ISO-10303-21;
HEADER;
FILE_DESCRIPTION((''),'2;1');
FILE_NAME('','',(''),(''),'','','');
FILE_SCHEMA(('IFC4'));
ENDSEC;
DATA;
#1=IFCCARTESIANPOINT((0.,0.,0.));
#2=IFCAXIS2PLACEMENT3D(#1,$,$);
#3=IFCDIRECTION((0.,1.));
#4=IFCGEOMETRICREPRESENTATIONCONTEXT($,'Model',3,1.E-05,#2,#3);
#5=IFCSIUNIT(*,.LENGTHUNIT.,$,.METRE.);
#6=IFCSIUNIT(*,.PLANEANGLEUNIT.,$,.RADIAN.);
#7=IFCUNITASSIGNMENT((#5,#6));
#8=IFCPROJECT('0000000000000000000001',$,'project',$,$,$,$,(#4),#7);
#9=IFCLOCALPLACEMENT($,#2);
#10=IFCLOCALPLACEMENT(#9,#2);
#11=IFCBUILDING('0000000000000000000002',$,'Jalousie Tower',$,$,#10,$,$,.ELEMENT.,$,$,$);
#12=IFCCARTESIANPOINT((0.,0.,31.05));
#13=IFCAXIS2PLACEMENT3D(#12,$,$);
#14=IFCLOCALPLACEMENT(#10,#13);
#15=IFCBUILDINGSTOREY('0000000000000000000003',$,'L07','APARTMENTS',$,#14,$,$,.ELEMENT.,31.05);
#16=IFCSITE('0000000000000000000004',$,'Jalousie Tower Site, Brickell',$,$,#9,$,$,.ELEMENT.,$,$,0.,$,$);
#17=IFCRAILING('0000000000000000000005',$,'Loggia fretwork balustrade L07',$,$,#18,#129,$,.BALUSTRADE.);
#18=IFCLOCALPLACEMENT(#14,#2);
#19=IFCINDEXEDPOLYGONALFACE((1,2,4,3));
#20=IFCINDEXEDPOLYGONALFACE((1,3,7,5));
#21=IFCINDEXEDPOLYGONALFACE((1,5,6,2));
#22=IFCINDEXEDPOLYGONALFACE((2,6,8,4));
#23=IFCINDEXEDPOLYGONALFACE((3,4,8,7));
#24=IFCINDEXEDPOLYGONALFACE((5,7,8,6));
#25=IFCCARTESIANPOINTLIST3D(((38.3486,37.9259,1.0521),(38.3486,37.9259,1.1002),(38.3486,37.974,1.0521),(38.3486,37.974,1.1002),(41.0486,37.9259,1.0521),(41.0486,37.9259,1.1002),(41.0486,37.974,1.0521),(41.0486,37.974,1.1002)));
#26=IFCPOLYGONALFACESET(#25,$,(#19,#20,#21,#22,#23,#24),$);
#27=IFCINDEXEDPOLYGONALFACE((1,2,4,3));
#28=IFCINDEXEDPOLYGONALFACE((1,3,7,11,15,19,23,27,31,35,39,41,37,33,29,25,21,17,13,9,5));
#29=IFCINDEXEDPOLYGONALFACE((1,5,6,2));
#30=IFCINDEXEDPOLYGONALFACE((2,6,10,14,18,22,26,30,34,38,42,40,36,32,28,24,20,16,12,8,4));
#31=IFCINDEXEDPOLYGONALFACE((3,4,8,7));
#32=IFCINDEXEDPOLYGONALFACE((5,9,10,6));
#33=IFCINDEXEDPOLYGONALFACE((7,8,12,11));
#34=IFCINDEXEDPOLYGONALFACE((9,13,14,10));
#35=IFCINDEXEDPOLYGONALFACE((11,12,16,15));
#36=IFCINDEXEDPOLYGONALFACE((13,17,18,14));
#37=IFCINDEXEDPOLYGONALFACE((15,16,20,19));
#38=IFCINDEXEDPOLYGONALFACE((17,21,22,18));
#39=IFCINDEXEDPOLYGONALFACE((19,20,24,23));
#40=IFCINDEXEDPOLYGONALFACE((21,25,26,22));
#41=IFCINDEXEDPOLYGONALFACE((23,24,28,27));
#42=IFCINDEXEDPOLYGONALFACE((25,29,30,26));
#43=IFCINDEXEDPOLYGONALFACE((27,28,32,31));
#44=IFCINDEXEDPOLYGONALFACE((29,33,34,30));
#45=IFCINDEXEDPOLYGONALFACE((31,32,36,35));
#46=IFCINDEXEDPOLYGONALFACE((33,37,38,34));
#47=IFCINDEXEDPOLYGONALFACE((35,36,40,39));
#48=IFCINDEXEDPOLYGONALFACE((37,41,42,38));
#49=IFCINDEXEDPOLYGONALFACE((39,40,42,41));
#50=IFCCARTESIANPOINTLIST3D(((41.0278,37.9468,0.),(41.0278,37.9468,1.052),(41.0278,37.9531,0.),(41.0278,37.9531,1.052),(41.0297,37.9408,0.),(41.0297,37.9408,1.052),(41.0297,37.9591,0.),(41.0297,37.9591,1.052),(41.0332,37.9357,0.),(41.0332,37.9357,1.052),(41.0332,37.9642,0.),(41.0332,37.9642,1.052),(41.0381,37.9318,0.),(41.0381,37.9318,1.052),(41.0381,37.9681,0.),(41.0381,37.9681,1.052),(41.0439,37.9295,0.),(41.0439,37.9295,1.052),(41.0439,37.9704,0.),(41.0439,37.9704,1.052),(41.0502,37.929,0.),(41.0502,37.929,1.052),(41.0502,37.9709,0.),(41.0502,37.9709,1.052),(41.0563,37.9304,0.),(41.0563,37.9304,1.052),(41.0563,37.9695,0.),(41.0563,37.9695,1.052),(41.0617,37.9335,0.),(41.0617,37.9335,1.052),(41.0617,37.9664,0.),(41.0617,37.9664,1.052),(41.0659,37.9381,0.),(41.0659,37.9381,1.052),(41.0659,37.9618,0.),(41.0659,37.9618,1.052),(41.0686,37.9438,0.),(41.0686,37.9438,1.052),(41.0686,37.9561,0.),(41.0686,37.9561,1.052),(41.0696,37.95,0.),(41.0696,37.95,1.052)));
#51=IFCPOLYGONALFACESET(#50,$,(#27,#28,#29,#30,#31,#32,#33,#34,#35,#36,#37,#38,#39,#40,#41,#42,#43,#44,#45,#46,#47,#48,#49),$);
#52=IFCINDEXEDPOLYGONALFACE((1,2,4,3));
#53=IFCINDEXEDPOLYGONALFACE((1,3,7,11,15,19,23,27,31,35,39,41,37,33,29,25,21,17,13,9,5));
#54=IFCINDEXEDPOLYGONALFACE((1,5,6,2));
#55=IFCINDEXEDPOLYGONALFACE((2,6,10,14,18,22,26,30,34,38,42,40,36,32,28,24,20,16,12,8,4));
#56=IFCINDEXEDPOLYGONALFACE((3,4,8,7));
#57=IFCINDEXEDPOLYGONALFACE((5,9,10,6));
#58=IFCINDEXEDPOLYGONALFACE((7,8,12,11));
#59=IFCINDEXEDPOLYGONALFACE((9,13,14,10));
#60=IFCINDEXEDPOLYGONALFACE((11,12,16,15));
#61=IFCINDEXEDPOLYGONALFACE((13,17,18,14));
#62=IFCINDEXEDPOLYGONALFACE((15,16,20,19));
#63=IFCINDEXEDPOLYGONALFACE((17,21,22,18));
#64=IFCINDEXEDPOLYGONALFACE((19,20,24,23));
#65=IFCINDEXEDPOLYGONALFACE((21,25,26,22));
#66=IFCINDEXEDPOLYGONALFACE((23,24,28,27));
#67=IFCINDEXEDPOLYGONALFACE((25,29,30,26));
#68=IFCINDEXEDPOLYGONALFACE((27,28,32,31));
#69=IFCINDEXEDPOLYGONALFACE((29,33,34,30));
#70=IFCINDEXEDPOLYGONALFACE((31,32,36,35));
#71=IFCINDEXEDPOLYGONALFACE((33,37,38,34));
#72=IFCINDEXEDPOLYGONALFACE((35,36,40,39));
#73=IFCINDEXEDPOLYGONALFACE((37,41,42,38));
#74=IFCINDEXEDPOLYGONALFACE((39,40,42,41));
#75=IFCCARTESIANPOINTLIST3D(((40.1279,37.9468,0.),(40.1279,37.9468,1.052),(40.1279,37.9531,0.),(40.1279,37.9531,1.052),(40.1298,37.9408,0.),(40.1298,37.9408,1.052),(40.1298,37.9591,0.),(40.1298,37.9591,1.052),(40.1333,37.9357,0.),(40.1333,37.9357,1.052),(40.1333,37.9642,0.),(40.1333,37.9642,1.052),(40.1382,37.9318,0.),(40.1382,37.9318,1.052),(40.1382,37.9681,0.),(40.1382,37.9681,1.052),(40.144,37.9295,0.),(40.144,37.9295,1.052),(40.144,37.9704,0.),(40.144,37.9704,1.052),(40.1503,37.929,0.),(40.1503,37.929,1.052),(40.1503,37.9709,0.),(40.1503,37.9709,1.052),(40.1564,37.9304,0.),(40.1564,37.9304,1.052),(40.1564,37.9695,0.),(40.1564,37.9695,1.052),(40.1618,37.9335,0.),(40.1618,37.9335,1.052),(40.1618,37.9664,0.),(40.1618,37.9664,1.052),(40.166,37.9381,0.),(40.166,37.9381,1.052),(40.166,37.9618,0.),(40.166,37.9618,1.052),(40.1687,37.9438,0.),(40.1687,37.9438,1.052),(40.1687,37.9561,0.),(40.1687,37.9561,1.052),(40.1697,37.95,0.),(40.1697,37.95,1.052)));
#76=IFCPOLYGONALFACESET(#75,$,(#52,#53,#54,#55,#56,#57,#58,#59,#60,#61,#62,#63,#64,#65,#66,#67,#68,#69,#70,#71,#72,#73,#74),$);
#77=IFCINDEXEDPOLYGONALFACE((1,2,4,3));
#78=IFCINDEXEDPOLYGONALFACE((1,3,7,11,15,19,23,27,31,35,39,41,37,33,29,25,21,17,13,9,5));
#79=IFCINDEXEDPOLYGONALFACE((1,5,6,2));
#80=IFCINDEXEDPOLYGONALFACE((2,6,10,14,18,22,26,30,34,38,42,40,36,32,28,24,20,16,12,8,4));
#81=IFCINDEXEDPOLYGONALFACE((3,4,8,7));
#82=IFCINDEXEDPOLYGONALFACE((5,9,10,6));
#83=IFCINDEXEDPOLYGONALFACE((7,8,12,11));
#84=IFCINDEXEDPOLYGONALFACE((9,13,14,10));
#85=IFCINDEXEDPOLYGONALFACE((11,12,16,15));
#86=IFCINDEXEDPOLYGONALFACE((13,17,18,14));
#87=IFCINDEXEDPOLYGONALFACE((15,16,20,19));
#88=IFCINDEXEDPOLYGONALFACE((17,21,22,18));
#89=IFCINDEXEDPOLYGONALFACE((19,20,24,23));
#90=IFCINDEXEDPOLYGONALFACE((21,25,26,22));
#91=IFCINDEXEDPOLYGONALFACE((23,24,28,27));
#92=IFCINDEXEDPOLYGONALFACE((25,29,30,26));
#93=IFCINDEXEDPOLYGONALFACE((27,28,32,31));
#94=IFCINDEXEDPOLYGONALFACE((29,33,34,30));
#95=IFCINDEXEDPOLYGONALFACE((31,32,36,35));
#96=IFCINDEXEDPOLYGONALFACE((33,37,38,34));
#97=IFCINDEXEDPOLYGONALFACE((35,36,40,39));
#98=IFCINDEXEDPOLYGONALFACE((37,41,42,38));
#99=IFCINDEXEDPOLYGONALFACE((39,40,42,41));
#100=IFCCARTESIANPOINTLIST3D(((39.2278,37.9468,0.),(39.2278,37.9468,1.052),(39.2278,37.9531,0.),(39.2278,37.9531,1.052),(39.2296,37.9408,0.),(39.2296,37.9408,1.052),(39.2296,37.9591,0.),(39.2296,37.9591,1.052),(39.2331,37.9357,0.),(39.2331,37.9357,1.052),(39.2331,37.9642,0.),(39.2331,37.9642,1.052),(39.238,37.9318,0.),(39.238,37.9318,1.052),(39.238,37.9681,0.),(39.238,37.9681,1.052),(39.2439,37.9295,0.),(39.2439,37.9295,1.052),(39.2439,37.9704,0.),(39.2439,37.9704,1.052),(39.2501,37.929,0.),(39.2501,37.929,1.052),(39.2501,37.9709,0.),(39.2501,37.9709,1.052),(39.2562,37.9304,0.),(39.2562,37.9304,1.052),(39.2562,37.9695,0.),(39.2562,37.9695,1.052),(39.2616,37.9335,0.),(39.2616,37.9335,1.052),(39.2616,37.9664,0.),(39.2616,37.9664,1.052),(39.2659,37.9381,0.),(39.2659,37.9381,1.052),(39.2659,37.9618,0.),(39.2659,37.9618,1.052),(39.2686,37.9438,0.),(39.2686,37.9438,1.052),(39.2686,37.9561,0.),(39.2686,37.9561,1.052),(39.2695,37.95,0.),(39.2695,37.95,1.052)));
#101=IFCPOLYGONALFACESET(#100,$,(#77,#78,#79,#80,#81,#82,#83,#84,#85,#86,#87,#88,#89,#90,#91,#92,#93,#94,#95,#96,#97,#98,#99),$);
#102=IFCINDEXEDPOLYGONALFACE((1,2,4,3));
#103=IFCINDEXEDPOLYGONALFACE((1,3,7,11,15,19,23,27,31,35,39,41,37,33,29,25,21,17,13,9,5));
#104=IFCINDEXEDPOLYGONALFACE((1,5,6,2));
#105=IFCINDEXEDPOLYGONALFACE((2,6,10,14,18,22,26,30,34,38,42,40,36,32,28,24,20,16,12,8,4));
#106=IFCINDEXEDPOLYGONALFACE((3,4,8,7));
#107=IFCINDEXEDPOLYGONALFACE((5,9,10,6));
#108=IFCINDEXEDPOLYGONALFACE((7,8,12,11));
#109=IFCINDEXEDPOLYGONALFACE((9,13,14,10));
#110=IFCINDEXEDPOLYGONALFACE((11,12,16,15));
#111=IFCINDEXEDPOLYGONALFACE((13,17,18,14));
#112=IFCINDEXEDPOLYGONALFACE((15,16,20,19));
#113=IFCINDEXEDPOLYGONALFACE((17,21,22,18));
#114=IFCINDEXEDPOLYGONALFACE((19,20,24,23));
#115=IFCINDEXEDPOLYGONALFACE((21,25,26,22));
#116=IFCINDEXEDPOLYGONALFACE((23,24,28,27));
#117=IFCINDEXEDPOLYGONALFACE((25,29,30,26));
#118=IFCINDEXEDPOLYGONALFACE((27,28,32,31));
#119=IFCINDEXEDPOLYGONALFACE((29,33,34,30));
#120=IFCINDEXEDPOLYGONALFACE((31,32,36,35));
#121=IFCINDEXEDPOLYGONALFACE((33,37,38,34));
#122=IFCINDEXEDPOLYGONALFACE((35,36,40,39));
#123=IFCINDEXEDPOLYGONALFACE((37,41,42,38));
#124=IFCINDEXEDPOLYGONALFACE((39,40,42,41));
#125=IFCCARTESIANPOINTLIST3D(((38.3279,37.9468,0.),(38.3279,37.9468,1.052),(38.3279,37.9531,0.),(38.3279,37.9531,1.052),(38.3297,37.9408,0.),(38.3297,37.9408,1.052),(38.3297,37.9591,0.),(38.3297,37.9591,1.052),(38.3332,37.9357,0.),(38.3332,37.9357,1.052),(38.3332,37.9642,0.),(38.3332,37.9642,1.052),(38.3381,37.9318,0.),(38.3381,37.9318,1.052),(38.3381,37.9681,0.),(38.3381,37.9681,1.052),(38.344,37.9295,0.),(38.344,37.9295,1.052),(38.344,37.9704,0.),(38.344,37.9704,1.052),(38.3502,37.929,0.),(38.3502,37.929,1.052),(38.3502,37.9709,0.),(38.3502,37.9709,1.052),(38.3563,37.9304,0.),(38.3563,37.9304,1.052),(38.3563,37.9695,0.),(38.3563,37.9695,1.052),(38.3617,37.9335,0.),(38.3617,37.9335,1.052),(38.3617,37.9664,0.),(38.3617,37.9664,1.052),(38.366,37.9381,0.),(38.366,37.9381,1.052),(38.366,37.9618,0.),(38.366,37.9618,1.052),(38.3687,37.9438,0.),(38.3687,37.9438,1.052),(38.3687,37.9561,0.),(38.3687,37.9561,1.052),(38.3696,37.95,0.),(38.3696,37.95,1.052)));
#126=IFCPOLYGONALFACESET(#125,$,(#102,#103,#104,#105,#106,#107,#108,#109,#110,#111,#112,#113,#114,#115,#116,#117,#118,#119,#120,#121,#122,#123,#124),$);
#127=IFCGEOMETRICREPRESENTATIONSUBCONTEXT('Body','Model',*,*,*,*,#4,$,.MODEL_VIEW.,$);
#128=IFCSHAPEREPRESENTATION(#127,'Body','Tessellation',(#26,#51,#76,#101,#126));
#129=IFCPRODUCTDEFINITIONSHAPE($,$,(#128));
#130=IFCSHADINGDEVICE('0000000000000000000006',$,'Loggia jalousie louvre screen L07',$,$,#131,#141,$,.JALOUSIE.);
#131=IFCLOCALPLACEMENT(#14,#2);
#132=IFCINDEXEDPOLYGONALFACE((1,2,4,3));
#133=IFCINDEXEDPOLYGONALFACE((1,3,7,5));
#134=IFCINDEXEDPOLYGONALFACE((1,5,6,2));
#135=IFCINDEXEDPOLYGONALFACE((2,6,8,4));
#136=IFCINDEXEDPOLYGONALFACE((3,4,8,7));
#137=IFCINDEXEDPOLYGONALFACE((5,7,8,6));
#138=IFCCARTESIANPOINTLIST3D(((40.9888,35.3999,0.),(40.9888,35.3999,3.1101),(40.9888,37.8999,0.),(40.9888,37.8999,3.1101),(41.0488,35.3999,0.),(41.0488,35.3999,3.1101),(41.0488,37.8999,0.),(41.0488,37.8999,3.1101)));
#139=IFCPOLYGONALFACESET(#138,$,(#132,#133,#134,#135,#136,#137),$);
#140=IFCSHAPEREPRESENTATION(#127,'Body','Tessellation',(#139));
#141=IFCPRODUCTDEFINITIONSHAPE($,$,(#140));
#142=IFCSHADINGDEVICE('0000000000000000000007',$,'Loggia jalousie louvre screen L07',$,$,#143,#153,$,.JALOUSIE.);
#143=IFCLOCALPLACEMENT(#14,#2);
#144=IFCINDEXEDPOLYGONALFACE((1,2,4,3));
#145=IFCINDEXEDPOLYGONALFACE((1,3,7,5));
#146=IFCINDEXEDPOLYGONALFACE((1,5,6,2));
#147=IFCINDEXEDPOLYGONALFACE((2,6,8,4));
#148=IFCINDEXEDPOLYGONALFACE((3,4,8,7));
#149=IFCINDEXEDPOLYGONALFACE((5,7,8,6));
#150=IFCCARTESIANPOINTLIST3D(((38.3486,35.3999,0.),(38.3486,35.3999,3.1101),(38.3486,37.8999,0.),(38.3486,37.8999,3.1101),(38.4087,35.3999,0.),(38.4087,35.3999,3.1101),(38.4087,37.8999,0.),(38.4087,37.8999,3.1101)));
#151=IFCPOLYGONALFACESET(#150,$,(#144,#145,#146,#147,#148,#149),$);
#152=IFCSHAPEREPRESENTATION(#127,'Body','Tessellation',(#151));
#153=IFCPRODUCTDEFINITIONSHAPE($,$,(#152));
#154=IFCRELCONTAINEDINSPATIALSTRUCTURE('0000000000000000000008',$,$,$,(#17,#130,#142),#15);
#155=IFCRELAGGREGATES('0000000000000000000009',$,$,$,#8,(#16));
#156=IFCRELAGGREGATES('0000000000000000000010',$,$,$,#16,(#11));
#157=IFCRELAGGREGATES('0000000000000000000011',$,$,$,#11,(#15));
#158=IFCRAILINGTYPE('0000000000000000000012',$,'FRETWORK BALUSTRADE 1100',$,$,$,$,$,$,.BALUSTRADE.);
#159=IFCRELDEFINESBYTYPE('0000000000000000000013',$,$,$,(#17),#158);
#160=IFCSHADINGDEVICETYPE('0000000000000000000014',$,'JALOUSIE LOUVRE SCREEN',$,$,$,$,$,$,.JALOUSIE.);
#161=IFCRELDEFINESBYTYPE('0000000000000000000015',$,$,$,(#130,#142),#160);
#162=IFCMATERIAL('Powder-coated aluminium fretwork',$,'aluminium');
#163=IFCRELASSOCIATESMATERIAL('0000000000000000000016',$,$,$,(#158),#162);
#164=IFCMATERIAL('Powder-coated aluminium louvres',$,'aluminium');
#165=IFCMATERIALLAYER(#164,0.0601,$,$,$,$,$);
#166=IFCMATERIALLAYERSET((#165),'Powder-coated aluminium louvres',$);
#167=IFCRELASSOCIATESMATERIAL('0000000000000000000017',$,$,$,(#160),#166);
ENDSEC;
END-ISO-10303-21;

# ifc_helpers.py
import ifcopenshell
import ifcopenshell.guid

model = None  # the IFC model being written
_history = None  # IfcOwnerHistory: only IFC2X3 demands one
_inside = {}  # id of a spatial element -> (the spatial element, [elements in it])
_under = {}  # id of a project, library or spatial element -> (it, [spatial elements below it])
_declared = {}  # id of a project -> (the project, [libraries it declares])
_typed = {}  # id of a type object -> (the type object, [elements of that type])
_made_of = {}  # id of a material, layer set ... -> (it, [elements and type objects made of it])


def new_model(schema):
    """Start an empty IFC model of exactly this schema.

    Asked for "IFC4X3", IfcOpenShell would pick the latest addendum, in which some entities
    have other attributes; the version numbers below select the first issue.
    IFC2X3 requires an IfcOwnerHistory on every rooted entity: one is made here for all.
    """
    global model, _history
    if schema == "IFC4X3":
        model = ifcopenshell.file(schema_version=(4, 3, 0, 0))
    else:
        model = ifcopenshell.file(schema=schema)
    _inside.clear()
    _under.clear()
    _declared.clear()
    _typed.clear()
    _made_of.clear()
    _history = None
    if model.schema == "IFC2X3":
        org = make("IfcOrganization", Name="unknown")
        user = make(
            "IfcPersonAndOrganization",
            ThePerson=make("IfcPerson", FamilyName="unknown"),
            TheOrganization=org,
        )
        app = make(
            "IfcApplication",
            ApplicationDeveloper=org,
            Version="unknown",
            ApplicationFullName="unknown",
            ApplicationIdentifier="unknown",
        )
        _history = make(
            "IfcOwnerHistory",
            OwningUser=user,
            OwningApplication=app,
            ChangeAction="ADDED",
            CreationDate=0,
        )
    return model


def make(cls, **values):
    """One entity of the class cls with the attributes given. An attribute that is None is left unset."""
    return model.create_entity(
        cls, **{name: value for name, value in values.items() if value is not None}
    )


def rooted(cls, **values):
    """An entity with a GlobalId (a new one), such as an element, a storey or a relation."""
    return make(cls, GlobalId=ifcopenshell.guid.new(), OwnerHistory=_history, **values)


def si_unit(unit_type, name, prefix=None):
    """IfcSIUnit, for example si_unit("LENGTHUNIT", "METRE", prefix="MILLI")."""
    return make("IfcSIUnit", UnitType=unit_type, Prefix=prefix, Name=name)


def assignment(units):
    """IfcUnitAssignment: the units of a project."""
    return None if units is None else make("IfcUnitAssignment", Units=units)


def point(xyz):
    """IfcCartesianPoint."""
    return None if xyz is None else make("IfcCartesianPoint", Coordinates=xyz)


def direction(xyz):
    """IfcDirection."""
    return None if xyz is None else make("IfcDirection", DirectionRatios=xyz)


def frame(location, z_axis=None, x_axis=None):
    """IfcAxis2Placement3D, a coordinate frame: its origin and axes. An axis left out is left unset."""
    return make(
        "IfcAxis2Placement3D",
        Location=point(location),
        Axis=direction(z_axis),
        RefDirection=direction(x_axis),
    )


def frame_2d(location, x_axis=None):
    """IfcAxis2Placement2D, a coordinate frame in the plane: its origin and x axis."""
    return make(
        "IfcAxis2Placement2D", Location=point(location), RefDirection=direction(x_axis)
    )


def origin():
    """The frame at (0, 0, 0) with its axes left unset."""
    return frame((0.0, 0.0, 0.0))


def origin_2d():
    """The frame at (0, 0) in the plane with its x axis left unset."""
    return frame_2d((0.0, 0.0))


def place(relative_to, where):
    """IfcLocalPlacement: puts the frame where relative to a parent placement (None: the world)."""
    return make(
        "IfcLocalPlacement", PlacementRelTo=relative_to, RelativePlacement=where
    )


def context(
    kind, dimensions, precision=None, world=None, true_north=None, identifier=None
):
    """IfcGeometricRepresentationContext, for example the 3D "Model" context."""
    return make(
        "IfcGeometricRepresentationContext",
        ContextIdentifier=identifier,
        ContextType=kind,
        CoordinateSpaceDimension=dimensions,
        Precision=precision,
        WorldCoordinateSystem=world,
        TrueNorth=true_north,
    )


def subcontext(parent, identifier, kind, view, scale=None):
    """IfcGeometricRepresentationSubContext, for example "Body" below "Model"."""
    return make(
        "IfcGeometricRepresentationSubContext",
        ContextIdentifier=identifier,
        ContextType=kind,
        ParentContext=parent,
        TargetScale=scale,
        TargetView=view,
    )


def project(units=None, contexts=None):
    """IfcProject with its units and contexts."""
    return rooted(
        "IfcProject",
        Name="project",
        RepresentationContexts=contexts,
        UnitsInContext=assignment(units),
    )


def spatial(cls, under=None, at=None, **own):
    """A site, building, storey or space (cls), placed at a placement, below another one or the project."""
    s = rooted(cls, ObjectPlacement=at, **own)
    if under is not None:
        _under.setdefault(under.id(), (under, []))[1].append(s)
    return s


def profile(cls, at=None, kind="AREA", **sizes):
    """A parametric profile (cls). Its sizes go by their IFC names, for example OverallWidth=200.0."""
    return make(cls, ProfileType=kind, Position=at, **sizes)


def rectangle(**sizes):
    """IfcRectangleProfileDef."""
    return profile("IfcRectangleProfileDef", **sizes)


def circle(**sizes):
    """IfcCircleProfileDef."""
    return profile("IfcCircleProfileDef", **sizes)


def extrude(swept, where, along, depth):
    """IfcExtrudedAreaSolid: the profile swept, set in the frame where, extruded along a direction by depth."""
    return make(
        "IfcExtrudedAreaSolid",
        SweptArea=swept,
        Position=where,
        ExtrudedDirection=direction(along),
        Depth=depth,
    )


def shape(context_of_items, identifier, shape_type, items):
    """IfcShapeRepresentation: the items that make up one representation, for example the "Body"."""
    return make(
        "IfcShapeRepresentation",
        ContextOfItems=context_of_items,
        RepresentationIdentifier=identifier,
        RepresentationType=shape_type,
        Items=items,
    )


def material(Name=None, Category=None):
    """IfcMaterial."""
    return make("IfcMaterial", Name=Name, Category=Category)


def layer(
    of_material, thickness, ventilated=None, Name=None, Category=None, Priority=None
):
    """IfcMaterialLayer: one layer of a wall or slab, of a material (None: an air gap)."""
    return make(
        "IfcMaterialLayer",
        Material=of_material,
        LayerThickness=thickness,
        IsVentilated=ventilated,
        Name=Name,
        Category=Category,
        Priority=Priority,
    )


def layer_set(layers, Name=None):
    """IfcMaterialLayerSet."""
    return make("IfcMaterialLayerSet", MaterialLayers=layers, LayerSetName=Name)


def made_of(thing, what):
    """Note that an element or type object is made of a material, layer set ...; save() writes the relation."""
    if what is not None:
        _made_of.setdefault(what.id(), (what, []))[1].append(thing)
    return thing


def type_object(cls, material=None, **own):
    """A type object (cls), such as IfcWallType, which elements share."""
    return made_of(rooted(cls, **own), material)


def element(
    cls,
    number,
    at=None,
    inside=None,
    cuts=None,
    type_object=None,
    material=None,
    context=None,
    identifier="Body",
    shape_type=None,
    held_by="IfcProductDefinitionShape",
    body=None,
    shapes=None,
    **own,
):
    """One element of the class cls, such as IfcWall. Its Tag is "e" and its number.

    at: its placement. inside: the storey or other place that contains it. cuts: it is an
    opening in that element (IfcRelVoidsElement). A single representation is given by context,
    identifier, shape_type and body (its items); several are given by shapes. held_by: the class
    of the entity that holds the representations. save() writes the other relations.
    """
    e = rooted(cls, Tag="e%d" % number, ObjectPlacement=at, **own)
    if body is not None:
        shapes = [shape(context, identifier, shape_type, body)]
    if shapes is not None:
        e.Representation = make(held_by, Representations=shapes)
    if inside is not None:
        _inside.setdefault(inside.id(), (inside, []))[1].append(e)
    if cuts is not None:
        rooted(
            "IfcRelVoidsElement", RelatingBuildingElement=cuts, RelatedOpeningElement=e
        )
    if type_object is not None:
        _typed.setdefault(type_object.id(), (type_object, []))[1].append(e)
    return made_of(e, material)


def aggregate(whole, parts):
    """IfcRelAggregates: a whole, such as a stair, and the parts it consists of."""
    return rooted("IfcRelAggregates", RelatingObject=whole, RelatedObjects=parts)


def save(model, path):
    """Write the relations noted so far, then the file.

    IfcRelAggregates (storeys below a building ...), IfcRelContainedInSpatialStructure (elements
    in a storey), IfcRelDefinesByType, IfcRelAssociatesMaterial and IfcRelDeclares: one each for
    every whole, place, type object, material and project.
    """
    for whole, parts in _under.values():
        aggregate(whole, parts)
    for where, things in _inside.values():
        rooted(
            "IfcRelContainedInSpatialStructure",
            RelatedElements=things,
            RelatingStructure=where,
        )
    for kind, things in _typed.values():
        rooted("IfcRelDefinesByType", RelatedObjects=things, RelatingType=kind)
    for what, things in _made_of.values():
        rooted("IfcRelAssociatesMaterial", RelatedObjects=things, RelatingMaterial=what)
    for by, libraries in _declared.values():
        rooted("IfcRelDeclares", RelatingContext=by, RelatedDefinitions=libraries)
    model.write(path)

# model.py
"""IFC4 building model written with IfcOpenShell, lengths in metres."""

from ifc_helpers import new_model, si_unit, direction, frame, origin, origin_2d, place, context, subcontext, project, spatial, rectangle, circle, extrude, material, layer, layer_set, type_object, element, save


model = new_model("IFC4")

# Units and contexts
model_context = context("Model", 3, precision=1e-05, world=origin(), true_north=direction((0.0, 1.0)))
body_context = subcontext(model_context, "Body", "Model", "MODEL_VIEW")
ifc_project = project(units=[si_unit("LENGTHUNIT", "METRE"), si_unit("PLANEANGLEUNIT", "RADIAN")], contexts=[model_context])

# Site, building, storey
site_placement = place(None, origin())
site = spatial("IfcSite", under=ifc_project, at=site_placement, Name="Jalousie Tower Site, Brickell", CompositionType="ELEMENT", RefElevation=0.0)
building_placement = place(site_placement, origin())
building = spatial("IfcBuilding", under=site, at=building_placement, Name="Jalousie Tower", CompositionType="ELEMENT")
storey_placement = place(building_placement, frame((0.0, 0.0, 31.05)))
storey = spatial("IfcBuildingStorey", under=building, at=storey_placement, Name="L07", Description="APARTMENTS", CompositionType="ELEMENT", Elevation=31.05)

# Railing
ifc_material_1 = material(Name="Powder-coated aluminium fretwork", Category="aluminium")
railing_type = type_object("IfcRailingType", Name="FRETWORK BALUSTRADE 1100", PredefinedType="BALUSTRADE", material=ifc_material_1)
railing_placement = place(storey_placement, frame((41.0486, 37.95, 0.0)))
element("IfcRailing", 1, at=railing_placement, inside=storey, type_object=railing_type, Name="Loggia fretwork balustrade L07", PredefinedType="BALUSTRADE", context=body_context, shape_type="SweptSolid", body=[
    extrude(rectangle(XDim=0.0481, YDim=0.0481, at=origin_2d()), frame((0.0, 0.0, 1.0762), z_axis=(-1.0, 0.0, 0.0), x_axis=(0.0, -1.0, 0.0)), (0.0, 0.0, 1.0), 2.7),
    extrude(circle(Radius=0.021, at=origin_2d()), origin(), (0.0, 0.0, 1.0), 1.052),
    extrude(circle(Radius=0.021, at=origin_2d()), frame((-0.8999, 0.0, 0.0)), (0.0, 0.0, 1.0), 1.052),
    extrude(circle(Radius=0.021, at=origin_2d()), frame((-1.8, 0.0, 0.0)), (0.0, 0.0, 1.0), 1.052),
    extrude(circle(Radius=0.021, at=origin_2d()), frame((-2.7, 0.0, 0.0)), (0.0, 0.0, 1.0), 1.052),
])

# Shading devices
ifc_material_2 = material(Name="Powder-coated aluminium louvres", Category="aluminium")
ifc_layer_1 = layer(ifc_material_2, 0.0601)
ifc_layer_set_1 = layer_set([ifc_layer_1], Name="Powder-coated aluminium louvres")
shading_device_type_1 = type_object("IfcShadingDeviceType", Name="JALOUSIE LOUVRE SCREEN", PredefinedType="JALOUSIE", material=ifc_layer_set_1)
for number, where, z_axis, x_axis, name in (
    (2, (41.0188, 36.6499, 0.0), (0.0, 0.0, 1.0), (-1.0, 0.0, 0.0), "Loggia jalousie louvre screen L07"),
    (3, (38.3787, 36.6499, 0.0), (0.0, 0.0, 1.0), (-1.0, 0.0, 0.0), "Loggia jalousie louvre screen L07"),
):
    element("IfcShadingDevice", number, at=place(storey_placement, frame(where, z_axis=z_axis, x_axis=x_axis)), inside=storey, type_object=shading_device_type_1, Name=name, PredefinedType="JALOUSIE", context=body_context, shape_type="SweptSolid", body=[
        extrude(rectangle(XDim=0.0601, YDim=2.5, at=origin_2d()), origin(), (0.0, 0.0, 1.0), 3.1101),
    ])

save(model, "model.ifc")
